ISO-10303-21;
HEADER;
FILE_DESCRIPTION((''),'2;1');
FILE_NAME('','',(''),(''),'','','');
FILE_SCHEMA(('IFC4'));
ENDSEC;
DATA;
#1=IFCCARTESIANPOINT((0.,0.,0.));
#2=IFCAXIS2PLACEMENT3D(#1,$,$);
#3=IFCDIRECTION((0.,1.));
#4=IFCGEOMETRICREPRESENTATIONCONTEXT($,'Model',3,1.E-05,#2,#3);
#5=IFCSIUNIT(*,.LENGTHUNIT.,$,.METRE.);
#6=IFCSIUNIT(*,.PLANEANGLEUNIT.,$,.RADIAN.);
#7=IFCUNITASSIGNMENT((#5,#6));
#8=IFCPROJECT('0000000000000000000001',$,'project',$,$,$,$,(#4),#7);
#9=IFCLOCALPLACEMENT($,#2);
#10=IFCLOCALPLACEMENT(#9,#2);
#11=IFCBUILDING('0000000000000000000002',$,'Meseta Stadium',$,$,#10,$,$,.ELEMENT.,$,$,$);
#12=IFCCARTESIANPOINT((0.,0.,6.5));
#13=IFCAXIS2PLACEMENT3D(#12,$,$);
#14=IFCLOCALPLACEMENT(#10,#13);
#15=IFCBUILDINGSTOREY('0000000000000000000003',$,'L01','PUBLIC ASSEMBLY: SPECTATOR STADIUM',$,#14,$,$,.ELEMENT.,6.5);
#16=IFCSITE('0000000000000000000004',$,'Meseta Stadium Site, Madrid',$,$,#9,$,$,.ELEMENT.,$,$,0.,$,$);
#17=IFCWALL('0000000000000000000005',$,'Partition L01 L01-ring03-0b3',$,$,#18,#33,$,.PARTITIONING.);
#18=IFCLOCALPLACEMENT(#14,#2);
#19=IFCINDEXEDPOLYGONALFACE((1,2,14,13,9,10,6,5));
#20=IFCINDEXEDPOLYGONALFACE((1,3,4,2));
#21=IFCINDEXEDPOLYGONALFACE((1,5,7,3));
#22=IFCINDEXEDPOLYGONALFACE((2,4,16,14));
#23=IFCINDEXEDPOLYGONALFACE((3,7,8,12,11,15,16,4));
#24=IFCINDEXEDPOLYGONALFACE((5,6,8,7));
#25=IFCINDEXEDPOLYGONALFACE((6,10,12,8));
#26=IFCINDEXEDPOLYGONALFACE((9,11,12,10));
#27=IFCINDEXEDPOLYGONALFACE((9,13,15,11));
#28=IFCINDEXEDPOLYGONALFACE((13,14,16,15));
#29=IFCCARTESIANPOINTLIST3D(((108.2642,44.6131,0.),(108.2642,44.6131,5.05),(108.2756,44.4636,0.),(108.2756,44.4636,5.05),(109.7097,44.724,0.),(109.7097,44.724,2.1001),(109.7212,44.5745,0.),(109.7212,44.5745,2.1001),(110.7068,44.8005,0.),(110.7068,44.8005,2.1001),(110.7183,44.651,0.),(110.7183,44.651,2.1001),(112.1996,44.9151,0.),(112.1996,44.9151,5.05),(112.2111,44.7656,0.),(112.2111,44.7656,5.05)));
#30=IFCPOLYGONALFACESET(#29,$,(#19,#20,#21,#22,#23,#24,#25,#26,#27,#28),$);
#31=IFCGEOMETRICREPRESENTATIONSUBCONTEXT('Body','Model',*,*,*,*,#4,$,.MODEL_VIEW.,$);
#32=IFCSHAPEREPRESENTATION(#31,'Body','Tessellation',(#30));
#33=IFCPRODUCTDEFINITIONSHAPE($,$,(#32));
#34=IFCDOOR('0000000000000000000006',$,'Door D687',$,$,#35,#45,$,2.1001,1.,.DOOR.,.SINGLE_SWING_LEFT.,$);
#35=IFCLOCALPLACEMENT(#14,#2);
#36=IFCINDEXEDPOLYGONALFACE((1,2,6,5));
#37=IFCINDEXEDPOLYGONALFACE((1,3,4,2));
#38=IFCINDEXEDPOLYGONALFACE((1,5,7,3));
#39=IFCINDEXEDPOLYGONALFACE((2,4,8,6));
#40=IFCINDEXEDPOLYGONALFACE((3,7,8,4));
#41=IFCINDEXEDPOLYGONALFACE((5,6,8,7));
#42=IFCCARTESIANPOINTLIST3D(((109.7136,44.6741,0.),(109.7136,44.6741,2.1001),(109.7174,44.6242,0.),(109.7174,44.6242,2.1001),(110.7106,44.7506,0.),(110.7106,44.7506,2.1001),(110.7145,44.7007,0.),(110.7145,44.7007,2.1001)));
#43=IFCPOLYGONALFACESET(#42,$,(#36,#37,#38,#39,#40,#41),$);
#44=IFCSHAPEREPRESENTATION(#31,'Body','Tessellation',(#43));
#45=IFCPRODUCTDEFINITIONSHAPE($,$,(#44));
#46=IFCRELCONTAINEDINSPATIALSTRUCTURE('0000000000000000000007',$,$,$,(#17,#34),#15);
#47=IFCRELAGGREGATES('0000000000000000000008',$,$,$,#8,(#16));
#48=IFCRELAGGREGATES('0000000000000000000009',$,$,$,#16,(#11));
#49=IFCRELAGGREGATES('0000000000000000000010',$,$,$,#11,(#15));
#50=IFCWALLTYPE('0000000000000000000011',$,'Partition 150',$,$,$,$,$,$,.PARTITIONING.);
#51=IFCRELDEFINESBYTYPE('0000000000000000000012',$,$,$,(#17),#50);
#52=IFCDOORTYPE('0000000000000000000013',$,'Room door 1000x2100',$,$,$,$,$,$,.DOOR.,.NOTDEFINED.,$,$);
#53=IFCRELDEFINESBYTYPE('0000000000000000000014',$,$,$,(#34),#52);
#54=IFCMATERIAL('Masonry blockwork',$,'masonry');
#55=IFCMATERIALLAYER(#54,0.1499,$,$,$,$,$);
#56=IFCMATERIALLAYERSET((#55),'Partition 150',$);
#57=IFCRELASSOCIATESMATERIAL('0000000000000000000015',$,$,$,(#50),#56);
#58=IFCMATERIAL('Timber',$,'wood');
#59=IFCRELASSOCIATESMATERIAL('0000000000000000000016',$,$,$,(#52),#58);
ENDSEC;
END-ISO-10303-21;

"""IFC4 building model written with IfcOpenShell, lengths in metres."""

from ifc_helpers import new_model, si_unit, direction, frame, frame_2d, origin, place, context, subcontext, project, spatial, rectangle, extrude, material, layer, layer_set, type_object, element, fill, save


model = new_model("IFC4")

# Units and contexts
model_context = context("Model", 3, precision=1e-05, world=origin(), true_north=direction((0.0, 1.0)))
body_context = subcontext(model_context, "Body", "Model", "MODEL_VIEW")
ifc_project = project(units=[si_unit("LENGTHUNIT", "METRE"), si_unit("PLANEANGLEUNIT", "RADIAN")], contexts=[model_context])

# Site, building, storey
site_placement = place(None, origin())
site = spatial("IfcSite", under=ifc_project, at=site_placement, Name="Meseta Stadium Site, Madrid", CompositionType="ELEMENT", RefElevation=0.0)
building_placement = place(site_placement, origin())
building = spatial("IfcBuilding", under=site, at=building_placement, Name="Meseta Stadium", CompositionType="ELEMENT")
storey_placement = place(building_placement, frame((0.0, 0.0, 6.5)))
storey = spatial("IfcBuildingStorey", under=building, at=storey_placement, Name="L01", Description="PUBLIC ASSEMBLY: SPECTATOR STADIUM", CompositionType="ELEMENT", Elevation=6.5)

# Shared definitions
ifc_material_1 = material(Name="Masonry blockwork", Category="masonry")
ifc_layer_1 = layer(ifc_material_1, 0.1499)
ifc_layer_set_1 = layer_set([ifc_layer_1], Name="Partition 150")
wall_type = type_object("IfcWallType", Name="Partition 150", PredefinedType="PARTITIONING", material=ifc_layer_set_1)

# Wall, opening, door
wall_1_placement = place(storey_placement, frame((108.2698, 44.5383, 0.0), z_axis=(0.0, 0.0, 1.0), x_axis=(0.997069, 0.076512, 0.0)))
wall_1 = element("IfcWall", 1, at=wall_1_placement, inside=storey, type_object=wall_type, Name="Partition L01 L01-ring03-0b3", PredefinedType="PARTITIONING", context=body_context, shape_type="SweptSolid", body=[
    extrude(rectangle(XDim=3.947, YDim=0.1499, at=frame_2d((1.9736, 0.0))), origin(), (0.0, 0.0, 1.0), 5.05),
])
opening_placement = place(wall_1_placement, frame((1.45, 0.0, 0.0)))
opening = element("IfcOpeningElement", 2, at=opening_placement, cuts=wall_1, PredefinedType="OPENING", context=body_context, shape_type="SweptSolid", body=[
    extrude(rectangle(XDim=1.0, YDim=2.1001, at=frame_2d((0.5, 1.05))), frame((0.0, 0.085, 0.0), z_axis=(0.0, -1.0, 0.0), x_axis=(1.0, 0.0, 0.0)), (0.0, 0.0, 1.0), 0.1699),
])
ifc_material_2 = material(Name="Timber", Category="wood")
door_type = type_object("IfcDoorType", Name="Room door 1000x2100", OperationType="NOTDEFINED", PredefinedType="DOOR", material=ifc_material_2)
door_placement = place(opening_placement, origin())
door = element("IfcDoor", 3, at=door_placement, inside=storey, type_object=door_type, Name="Door D687", OperationType="SINGLE_SWING_LEFT", OverallHeight=2.1001, OverallWidth=1.0, PredefinedType="DOOR", context=body_context, shape_type="SweptSolid", body=[
    extrude(rectangle(XDim=1.0, YDim=2.1001, at=frame_2d((0.5, 1.05))), frame((0.0, 0.0249, 0.0), z_axis=(0.0, -1.0, 0.0), x_axis=(1.0, 0.0, 0.0)), (0.0, 0.0, 1.0), 0.05),
])
fill(opening, door)

save(model, "model.ifc")
